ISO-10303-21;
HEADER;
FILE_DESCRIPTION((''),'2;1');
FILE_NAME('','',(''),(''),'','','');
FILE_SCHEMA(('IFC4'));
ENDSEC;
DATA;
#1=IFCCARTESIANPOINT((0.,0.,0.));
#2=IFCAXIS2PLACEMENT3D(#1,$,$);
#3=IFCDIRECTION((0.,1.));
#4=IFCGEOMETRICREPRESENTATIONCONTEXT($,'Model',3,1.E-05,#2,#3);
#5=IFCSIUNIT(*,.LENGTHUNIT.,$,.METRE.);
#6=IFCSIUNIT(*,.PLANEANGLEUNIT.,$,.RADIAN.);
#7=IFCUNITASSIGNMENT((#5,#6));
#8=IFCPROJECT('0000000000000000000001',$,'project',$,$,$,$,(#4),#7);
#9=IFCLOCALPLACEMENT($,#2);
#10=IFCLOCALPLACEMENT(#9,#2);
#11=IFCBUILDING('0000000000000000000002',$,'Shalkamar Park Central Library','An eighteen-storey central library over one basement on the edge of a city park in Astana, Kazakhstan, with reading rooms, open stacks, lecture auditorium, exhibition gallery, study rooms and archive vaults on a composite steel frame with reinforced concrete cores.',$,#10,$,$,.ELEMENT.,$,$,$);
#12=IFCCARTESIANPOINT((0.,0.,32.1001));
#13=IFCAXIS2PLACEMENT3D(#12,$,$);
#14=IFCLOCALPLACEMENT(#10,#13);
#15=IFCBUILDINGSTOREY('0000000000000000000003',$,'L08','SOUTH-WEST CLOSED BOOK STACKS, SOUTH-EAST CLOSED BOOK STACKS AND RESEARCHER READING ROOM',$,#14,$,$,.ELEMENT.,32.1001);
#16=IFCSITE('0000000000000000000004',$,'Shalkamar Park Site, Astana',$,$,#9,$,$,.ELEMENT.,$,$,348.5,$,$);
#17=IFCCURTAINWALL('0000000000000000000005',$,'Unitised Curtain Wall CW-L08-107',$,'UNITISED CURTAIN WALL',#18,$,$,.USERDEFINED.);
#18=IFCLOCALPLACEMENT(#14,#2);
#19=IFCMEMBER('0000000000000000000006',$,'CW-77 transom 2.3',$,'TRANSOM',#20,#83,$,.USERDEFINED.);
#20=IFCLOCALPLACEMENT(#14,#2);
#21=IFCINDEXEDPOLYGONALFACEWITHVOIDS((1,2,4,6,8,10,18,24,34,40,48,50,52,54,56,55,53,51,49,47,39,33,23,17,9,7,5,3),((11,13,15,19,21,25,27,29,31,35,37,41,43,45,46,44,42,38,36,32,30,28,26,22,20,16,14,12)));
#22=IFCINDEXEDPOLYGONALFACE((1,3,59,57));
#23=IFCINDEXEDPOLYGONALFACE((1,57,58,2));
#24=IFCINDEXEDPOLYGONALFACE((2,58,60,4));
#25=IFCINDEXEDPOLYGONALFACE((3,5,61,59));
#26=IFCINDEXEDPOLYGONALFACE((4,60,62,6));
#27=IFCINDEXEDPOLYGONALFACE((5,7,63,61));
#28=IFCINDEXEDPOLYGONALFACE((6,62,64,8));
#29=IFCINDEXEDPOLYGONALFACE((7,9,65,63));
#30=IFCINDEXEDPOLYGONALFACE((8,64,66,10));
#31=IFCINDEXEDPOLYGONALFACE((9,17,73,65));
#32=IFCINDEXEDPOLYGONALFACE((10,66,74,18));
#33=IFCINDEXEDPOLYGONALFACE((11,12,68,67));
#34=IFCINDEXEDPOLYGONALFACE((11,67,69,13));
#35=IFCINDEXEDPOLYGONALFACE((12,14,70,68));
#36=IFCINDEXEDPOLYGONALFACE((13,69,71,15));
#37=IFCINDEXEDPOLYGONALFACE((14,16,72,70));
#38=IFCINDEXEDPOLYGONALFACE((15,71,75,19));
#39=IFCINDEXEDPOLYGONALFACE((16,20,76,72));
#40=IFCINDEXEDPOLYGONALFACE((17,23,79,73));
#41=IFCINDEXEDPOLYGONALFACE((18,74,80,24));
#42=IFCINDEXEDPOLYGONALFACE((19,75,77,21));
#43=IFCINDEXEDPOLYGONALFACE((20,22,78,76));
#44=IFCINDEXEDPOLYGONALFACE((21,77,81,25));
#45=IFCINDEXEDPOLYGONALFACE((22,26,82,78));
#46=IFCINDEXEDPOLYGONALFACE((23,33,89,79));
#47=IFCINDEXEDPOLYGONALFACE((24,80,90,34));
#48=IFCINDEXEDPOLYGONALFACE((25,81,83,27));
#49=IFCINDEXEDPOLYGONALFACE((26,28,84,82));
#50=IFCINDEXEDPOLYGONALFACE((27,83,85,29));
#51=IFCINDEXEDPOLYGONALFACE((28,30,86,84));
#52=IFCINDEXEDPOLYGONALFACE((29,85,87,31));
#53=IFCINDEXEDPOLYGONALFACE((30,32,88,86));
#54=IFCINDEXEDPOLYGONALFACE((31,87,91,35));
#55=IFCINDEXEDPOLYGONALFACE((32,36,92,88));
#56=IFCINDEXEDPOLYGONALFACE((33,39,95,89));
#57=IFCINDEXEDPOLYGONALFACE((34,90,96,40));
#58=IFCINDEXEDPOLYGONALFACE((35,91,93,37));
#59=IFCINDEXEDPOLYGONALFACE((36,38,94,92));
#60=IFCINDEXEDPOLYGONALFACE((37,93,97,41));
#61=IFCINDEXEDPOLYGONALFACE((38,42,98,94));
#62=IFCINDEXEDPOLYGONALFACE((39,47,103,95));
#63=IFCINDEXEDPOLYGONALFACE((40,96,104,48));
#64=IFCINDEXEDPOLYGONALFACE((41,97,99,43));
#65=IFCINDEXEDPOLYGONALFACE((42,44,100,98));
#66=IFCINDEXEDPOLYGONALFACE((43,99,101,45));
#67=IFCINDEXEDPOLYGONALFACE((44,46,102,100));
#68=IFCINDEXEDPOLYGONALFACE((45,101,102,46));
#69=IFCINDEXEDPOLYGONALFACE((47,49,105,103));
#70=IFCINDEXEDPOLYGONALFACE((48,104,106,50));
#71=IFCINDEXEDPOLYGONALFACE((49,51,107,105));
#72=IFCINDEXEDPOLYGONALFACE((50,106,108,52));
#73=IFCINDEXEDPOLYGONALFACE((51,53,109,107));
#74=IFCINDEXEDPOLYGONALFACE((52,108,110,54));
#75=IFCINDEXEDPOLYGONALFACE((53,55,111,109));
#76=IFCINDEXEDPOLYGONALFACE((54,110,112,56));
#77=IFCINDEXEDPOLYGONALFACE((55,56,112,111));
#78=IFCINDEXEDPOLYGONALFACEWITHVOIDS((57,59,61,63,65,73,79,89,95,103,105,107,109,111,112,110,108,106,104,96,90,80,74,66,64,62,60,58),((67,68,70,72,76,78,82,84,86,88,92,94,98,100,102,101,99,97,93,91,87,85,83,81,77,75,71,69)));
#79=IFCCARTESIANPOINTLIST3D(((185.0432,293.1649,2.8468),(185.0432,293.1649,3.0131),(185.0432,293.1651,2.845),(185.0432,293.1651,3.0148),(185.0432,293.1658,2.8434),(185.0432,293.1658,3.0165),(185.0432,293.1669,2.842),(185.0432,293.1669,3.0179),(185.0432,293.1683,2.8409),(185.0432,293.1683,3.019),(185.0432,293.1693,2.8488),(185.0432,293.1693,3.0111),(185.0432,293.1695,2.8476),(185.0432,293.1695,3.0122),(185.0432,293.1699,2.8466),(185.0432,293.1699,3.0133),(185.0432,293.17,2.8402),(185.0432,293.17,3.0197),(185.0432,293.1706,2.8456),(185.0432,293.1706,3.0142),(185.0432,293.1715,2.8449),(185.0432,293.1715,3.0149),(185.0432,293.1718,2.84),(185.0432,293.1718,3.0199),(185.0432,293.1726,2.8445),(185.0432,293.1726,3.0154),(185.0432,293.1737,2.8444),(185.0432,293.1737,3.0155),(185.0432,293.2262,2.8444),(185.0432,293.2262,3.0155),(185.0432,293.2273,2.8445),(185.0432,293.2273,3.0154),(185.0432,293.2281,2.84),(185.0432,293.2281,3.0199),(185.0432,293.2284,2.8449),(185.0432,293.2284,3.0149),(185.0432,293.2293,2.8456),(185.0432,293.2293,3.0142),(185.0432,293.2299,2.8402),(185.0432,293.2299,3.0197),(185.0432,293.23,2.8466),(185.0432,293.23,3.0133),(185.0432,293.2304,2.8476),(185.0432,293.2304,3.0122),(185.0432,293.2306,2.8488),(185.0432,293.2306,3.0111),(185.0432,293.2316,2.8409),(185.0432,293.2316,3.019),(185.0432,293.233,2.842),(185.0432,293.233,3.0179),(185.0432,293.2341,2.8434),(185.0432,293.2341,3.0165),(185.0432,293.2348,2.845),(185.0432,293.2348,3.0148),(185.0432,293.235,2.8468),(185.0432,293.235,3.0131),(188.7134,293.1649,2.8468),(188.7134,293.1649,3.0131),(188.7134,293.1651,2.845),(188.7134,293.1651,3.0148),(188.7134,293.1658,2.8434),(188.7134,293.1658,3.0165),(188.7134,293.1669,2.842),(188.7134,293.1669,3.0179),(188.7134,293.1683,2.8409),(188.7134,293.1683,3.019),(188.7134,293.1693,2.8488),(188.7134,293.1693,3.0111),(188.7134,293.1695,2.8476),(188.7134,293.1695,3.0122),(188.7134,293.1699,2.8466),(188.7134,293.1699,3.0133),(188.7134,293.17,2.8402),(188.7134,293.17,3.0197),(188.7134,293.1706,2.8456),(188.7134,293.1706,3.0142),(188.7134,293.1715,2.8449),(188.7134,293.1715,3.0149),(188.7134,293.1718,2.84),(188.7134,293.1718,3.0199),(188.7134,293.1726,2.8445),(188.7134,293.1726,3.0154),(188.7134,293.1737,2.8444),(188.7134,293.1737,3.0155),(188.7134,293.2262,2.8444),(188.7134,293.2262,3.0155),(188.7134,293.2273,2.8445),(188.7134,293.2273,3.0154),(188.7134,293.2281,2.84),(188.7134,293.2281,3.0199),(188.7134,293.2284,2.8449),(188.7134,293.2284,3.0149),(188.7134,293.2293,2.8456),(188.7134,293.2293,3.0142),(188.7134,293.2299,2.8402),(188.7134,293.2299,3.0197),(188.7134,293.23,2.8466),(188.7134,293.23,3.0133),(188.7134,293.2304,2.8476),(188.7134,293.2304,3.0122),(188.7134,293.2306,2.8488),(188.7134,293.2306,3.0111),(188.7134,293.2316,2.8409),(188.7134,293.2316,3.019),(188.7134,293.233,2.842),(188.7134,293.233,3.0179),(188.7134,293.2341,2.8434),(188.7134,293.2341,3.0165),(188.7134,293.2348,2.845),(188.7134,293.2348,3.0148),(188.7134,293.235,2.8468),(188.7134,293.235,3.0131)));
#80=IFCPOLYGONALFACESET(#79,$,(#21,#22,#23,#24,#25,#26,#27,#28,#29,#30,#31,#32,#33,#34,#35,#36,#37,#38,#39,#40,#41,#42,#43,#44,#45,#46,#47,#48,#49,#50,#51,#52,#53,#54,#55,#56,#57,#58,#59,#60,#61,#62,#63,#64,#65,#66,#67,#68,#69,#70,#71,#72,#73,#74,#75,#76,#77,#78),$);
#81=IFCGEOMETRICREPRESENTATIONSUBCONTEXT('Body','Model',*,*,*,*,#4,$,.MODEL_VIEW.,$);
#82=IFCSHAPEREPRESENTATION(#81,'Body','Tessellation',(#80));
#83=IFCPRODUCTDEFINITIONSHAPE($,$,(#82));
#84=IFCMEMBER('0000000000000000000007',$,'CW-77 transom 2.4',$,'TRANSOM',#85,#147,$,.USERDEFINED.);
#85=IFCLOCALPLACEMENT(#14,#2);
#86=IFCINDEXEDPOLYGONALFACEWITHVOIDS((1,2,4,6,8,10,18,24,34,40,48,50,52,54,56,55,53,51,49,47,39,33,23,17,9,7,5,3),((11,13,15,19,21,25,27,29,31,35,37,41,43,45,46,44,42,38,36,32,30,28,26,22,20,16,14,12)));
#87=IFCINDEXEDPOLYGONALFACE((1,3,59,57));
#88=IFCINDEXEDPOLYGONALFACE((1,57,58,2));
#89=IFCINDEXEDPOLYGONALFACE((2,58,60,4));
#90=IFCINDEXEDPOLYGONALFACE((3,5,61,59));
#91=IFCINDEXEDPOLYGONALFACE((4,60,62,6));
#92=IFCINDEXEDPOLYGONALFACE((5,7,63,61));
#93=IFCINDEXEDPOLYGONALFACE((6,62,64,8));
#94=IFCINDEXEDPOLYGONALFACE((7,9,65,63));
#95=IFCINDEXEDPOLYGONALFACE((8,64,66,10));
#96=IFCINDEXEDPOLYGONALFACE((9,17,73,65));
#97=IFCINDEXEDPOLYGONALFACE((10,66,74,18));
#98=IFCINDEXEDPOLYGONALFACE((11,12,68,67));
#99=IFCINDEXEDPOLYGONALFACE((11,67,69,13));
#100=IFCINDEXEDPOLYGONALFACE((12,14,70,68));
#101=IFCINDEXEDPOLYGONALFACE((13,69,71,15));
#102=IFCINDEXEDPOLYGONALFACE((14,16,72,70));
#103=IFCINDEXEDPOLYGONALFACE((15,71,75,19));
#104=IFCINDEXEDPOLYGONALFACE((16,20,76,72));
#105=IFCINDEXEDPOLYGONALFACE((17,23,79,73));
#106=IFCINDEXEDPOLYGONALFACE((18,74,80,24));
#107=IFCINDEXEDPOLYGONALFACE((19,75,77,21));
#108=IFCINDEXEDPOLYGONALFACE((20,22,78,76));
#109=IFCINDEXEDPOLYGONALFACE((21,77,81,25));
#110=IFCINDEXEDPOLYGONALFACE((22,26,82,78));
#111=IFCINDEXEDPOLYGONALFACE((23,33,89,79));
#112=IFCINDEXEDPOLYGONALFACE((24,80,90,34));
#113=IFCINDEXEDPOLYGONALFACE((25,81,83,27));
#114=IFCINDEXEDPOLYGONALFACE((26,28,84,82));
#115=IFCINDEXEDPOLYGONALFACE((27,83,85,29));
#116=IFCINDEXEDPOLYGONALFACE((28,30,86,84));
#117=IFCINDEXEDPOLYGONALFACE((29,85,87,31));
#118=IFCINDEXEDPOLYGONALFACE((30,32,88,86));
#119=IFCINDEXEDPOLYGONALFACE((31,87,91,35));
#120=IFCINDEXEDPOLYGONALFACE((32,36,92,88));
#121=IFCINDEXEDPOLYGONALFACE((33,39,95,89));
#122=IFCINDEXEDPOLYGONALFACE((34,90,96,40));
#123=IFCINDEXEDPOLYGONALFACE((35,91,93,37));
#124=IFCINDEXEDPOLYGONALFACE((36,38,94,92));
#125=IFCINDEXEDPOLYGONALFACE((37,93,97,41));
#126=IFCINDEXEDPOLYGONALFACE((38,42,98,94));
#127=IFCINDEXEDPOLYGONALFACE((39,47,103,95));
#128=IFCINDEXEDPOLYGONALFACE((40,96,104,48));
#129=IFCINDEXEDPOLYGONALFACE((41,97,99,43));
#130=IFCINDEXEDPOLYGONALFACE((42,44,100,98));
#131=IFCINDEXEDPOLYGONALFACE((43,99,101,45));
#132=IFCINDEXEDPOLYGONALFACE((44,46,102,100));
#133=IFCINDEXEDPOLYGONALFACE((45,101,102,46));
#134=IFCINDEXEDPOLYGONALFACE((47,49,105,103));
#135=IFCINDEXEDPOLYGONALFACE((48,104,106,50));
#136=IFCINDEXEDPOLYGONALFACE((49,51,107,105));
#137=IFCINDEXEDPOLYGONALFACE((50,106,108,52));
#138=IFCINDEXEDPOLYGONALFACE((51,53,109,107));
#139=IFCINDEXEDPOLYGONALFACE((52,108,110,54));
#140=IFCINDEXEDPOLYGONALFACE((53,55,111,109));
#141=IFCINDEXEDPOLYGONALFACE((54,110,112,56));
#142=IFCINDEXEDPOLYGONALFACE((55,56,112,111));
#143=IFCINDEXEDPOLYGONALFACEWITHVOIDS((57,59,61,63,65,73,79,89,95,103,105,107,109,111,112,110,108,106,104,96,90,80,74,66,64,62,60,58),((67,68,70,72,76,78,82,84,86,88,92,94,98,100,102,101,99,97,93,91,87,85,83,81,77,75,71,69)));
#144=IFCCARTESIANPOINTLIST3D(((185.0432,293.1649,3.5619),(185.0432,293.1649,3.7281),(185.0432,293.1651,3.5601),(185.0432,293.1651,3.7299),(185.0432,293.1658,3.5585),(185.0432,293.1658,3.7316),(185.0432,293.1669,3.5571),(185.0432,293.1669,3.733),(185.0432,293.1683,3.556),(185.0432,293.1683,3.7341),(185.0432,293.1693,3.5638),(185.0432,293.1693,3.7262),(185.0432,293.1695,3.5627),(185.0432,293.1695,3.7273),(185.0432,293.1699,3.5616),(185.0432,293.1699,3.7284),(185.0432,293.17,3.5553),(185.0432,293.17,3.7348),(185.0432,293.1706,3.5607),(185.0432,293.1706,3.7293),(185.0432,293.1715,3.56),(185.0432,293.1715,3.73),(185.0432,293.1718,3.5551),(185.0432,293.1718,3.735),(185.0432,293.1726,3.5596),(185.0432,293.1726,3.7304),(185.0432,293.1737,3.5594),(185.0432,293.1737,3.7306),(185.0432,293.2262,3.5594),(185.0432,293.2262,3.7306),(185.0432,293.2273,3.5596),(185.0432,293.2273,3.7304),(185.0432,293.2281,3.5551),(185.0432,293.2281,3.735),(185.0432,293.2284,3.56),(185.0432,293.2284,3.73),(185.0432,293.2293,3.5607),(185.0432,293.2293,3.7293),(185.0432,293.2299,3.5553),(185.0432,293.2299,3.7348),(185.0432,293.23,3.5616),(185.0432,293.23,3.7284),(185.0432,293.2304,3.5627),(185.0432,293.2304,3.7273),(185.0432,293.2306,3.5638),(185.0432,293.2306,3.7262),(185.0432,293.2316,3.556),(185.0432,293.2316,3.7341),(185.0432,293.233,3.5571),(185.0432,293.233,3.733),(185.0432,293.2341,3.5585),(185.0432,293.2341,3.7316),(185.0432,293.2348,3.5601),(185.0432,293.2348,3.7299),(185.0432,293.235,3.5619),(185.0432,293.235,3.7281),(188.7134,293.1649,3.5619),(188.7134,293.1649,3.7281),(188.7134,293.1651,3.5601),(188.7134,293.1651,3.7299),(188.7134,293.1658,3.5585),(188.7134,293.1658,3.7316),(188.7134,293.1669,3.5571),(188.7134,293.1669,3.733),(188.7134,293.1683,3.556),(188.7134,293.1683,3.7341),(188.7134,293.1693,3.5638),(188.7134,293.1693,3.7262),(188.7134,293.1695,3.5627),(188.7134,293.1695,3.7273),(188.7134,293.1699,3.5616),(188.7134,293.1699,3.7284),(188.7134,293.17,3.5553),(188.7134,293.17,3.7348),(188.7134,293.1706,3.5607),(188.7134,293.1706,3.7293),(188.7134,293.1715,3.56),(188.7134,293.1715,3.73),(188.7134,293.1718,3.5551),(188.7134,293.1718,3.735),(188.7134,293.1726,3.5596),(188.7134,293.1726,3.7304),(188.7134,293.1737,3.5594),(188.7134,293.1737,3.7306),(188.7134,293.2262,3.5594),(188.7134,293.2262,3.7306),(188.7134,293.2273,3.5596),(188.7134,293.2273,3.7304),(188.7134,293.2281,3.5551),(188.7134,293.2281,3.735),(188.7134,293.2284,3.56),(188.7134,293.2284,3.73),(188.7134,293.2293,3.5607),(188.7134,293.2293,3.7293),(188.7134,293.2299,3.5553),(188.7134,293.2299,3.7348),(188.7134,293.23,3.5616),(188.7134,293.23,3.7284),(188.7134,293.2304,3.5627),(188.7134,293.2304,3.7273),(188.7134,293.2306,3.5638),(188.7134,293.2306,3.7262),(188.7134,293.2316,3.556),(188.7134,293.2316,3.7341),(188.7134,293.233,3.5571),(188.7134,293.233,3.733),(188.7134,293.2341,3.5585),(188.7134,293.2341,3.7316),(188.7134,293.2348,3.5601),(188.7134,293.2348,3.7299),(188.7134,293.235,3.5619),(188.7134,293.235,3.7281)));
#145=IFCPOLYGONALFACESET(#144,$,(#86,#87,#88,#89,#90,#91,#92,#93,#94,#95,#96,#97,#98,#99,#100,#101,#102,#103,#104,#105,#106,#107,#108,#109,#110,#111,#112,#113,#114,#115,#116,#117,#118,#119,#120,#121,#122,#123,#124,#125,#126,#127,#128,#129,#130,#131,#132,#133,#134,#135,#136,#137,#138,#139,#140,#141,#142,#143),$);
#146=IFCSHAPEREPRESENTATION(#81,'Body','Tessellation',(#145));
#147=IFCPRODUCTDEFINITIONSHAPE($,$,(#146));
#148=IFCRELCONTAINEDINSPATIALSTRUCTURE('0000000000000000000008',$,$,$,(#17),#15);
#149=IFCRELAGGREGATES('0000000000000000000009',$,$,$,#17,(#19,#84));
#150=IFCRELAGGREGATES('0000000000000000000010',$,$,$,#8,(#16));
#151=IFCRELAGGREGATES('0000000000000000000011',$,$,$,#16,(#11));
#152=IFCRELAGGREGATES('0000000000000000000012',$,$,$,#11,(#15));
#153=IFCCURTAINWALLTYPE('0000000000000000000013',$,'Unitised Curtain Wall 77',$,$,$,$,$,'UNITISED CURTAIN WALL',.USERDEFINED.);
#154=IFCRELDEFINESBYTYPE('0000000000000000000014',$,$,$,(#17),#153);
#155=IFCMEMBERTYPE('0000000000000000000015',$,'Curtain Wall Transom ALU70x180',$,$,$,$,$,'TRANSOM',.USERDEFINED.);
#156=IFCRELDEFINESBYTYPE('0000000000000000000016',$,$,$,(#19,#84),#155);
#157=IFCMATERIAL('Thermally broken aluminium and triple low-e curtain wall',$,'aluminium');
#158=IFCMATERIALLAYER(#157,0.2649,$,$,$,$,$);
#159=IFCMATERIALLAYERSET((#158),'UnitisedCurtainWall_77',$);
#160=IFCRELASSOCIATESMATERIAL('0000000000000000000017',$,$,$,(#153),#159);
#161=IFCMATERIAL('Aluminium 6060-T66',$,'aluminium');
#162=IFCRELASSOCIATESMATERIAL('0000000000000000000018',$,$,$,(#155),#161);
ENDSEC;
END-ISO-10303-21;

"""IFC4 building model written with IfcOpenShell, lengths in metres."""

from ifc_helpers import new_model, si_unit, direction, frame, origin, origin_2d, place, context, subcontext, project, spatial, hollow_rectangle, extrude, material, layer, layer_set, material_profile, profile_set, type_object, element, aggregate, save


model = new_model("IFC4")

# Units and contexts
model_context = context("Model", 3, precision=1e-05, world=origin(), true_north=direction((0.0, 1.0)))
body_context = subcontext(model_context, "Body", "Model", "MODEL_VIEW")
ifc_project = project(units=[si_unit("LENGTHUNIT", "METRE"), si_unit("PLANEANGLEUNIT", "RADIAN")], contexts=[model_context])

# Site, building, storey
site_placement = place(None, origin())
site = spatial("IfcSite", under=ifc_project, at=site_placement, Name="Shalkamar Park Site, Astana", CompositionType="ELEMENT", RefElevation=348.5)
building_placement = place(site_placement, origin())
building = spatial("IfcBuilding", under=site, at=building_placement, Name="Shalkamar Park Central Library", Description="An eighteen-storey central library over one basement on the edge of a city park in Astana, Kazakhstan, with reading rooms, open stacks, lecture auditorium, exhibition gallery, study rooms and archive vaults on a composite steel frame with reinforced concrete cores.", CompositionType="ELEMENT")
storey_placement = place(building_placement, frame((0.0, 0.0, 32.1001)))
storey = spatial("IfcBuildingStorey", under=building, at=storey_placement, Name="L08", Description="SOUTH-WEST CLOSED BOOK STACKS, SOUTH-EAST CLOSED BOOK STACKS AND RESEARCHER READING ROOM", CompositionType="ELEMENT", Elevation=32.1001)

# Curtain wall
ifc_material_1 = material(Name="Thermally broken aluminium and triple low-e curtain wall", Category="aluminium")
ifc_layer_1 = layer(ifc_material_1, 0.2649)
ifc_layer_set_1 = layer_set([ifc_layer_1], Name="UnitisedCurtainWall_77")
curtain_wall_type_1 = type_object("IfcCurtainWallType", Name="Unitised Curtain Wall 77", ElementType="UNITISED CURTAIN WALL", PredefinedType="USERDEFINED", material=ifc_layer_set_1)
curtain_wall_1_placement = place(storey_placement, origin())
curtain_wall_1 = element("IfcCurtainWall", 1, at=curtain_wall_1_placement, inside=storey, type_object=curtain_wall_type_1, Name="Unitised Curtain Wall CW-L08-107", ObjectType="UNITISED CURTAIN WALL", PredefinedType="USERDEFINED")
ifc_material_2 = material(Name="Aluminium 6060-T66", Category="aluminium")

# Members
ifc_material_profile_1 = material_profile(ifc_material_2, hollow_rectangle(XDim=0.0701, YDim=0.1799, WallThickness=0.0044, InnerFilletRadius=0.0044, OuterFilletRadius=0.0068, at=origin_2d()), Name="ALU 70x180x4.5")
ifc_profile_set_1 = profile_set([ifc_material_profile_1], Name="Aluminium 6060-T66")
member_type_1 = type_object("IfcMemberType", Name="Curtain Wall Transom ALU70x180", ElementType="TRANSOM", PredefinedType="USERDEFINED", material=ifc_profile_set_1)
member_1_placement = place(storey_placement, frame((185.0432, 293.2, 2.9299), z_axis=(1.0, 0.0, 0.0), x_axis=(0.0, 1.0, 0.0)))
member_1 = element("IfcMember", 2, at=member_1_placement, type_object=member_type_1, Name="CW-77 transom 2.3", ObjectType="TRANSOM", PredefinedType="USERDEFINED", context=body_context, shape_type="SweptSolid", body=[
    extrude(hollow_rectangle(XDim=0.0701, YDim=0.1799, WallThickness=0.0044, InnerFilletRadius=0.0044, OuterFilletRadius=0.0068, at=origin_2d()), origin(), (0.0, 0.0, 1.0), 3.6702),
])
member_2_placement = place(storey_placement, frame((185.0432, 293.2, 3.645), z_axis=(1.0, 0.0, 0.0), x_axis=(0.0, 1.0, 0.0)))
member_2 = element("IfcMember", 3, at=member_2_placement, type_object=member_type_1, Name="CW-77 transom 2.4", ObjectType="TRANSOM", PredefinedType="USERDEFINED", context=body_context, shape_type="SweptSolid", body=[
    extrude(hollow_rectangle(XDim=0.0701, YDim=0.1799, WallThickness=0.0044, InnerFilletRadius=0.0044, OuterFilletRadius=0.0068, at=origin_2d()), origin(), (0.0, 0.0, 1.0), 3.6702),
])

aggregate(curtain_wall_1, [member_1, member_2])

save(model, "model.ifc")
